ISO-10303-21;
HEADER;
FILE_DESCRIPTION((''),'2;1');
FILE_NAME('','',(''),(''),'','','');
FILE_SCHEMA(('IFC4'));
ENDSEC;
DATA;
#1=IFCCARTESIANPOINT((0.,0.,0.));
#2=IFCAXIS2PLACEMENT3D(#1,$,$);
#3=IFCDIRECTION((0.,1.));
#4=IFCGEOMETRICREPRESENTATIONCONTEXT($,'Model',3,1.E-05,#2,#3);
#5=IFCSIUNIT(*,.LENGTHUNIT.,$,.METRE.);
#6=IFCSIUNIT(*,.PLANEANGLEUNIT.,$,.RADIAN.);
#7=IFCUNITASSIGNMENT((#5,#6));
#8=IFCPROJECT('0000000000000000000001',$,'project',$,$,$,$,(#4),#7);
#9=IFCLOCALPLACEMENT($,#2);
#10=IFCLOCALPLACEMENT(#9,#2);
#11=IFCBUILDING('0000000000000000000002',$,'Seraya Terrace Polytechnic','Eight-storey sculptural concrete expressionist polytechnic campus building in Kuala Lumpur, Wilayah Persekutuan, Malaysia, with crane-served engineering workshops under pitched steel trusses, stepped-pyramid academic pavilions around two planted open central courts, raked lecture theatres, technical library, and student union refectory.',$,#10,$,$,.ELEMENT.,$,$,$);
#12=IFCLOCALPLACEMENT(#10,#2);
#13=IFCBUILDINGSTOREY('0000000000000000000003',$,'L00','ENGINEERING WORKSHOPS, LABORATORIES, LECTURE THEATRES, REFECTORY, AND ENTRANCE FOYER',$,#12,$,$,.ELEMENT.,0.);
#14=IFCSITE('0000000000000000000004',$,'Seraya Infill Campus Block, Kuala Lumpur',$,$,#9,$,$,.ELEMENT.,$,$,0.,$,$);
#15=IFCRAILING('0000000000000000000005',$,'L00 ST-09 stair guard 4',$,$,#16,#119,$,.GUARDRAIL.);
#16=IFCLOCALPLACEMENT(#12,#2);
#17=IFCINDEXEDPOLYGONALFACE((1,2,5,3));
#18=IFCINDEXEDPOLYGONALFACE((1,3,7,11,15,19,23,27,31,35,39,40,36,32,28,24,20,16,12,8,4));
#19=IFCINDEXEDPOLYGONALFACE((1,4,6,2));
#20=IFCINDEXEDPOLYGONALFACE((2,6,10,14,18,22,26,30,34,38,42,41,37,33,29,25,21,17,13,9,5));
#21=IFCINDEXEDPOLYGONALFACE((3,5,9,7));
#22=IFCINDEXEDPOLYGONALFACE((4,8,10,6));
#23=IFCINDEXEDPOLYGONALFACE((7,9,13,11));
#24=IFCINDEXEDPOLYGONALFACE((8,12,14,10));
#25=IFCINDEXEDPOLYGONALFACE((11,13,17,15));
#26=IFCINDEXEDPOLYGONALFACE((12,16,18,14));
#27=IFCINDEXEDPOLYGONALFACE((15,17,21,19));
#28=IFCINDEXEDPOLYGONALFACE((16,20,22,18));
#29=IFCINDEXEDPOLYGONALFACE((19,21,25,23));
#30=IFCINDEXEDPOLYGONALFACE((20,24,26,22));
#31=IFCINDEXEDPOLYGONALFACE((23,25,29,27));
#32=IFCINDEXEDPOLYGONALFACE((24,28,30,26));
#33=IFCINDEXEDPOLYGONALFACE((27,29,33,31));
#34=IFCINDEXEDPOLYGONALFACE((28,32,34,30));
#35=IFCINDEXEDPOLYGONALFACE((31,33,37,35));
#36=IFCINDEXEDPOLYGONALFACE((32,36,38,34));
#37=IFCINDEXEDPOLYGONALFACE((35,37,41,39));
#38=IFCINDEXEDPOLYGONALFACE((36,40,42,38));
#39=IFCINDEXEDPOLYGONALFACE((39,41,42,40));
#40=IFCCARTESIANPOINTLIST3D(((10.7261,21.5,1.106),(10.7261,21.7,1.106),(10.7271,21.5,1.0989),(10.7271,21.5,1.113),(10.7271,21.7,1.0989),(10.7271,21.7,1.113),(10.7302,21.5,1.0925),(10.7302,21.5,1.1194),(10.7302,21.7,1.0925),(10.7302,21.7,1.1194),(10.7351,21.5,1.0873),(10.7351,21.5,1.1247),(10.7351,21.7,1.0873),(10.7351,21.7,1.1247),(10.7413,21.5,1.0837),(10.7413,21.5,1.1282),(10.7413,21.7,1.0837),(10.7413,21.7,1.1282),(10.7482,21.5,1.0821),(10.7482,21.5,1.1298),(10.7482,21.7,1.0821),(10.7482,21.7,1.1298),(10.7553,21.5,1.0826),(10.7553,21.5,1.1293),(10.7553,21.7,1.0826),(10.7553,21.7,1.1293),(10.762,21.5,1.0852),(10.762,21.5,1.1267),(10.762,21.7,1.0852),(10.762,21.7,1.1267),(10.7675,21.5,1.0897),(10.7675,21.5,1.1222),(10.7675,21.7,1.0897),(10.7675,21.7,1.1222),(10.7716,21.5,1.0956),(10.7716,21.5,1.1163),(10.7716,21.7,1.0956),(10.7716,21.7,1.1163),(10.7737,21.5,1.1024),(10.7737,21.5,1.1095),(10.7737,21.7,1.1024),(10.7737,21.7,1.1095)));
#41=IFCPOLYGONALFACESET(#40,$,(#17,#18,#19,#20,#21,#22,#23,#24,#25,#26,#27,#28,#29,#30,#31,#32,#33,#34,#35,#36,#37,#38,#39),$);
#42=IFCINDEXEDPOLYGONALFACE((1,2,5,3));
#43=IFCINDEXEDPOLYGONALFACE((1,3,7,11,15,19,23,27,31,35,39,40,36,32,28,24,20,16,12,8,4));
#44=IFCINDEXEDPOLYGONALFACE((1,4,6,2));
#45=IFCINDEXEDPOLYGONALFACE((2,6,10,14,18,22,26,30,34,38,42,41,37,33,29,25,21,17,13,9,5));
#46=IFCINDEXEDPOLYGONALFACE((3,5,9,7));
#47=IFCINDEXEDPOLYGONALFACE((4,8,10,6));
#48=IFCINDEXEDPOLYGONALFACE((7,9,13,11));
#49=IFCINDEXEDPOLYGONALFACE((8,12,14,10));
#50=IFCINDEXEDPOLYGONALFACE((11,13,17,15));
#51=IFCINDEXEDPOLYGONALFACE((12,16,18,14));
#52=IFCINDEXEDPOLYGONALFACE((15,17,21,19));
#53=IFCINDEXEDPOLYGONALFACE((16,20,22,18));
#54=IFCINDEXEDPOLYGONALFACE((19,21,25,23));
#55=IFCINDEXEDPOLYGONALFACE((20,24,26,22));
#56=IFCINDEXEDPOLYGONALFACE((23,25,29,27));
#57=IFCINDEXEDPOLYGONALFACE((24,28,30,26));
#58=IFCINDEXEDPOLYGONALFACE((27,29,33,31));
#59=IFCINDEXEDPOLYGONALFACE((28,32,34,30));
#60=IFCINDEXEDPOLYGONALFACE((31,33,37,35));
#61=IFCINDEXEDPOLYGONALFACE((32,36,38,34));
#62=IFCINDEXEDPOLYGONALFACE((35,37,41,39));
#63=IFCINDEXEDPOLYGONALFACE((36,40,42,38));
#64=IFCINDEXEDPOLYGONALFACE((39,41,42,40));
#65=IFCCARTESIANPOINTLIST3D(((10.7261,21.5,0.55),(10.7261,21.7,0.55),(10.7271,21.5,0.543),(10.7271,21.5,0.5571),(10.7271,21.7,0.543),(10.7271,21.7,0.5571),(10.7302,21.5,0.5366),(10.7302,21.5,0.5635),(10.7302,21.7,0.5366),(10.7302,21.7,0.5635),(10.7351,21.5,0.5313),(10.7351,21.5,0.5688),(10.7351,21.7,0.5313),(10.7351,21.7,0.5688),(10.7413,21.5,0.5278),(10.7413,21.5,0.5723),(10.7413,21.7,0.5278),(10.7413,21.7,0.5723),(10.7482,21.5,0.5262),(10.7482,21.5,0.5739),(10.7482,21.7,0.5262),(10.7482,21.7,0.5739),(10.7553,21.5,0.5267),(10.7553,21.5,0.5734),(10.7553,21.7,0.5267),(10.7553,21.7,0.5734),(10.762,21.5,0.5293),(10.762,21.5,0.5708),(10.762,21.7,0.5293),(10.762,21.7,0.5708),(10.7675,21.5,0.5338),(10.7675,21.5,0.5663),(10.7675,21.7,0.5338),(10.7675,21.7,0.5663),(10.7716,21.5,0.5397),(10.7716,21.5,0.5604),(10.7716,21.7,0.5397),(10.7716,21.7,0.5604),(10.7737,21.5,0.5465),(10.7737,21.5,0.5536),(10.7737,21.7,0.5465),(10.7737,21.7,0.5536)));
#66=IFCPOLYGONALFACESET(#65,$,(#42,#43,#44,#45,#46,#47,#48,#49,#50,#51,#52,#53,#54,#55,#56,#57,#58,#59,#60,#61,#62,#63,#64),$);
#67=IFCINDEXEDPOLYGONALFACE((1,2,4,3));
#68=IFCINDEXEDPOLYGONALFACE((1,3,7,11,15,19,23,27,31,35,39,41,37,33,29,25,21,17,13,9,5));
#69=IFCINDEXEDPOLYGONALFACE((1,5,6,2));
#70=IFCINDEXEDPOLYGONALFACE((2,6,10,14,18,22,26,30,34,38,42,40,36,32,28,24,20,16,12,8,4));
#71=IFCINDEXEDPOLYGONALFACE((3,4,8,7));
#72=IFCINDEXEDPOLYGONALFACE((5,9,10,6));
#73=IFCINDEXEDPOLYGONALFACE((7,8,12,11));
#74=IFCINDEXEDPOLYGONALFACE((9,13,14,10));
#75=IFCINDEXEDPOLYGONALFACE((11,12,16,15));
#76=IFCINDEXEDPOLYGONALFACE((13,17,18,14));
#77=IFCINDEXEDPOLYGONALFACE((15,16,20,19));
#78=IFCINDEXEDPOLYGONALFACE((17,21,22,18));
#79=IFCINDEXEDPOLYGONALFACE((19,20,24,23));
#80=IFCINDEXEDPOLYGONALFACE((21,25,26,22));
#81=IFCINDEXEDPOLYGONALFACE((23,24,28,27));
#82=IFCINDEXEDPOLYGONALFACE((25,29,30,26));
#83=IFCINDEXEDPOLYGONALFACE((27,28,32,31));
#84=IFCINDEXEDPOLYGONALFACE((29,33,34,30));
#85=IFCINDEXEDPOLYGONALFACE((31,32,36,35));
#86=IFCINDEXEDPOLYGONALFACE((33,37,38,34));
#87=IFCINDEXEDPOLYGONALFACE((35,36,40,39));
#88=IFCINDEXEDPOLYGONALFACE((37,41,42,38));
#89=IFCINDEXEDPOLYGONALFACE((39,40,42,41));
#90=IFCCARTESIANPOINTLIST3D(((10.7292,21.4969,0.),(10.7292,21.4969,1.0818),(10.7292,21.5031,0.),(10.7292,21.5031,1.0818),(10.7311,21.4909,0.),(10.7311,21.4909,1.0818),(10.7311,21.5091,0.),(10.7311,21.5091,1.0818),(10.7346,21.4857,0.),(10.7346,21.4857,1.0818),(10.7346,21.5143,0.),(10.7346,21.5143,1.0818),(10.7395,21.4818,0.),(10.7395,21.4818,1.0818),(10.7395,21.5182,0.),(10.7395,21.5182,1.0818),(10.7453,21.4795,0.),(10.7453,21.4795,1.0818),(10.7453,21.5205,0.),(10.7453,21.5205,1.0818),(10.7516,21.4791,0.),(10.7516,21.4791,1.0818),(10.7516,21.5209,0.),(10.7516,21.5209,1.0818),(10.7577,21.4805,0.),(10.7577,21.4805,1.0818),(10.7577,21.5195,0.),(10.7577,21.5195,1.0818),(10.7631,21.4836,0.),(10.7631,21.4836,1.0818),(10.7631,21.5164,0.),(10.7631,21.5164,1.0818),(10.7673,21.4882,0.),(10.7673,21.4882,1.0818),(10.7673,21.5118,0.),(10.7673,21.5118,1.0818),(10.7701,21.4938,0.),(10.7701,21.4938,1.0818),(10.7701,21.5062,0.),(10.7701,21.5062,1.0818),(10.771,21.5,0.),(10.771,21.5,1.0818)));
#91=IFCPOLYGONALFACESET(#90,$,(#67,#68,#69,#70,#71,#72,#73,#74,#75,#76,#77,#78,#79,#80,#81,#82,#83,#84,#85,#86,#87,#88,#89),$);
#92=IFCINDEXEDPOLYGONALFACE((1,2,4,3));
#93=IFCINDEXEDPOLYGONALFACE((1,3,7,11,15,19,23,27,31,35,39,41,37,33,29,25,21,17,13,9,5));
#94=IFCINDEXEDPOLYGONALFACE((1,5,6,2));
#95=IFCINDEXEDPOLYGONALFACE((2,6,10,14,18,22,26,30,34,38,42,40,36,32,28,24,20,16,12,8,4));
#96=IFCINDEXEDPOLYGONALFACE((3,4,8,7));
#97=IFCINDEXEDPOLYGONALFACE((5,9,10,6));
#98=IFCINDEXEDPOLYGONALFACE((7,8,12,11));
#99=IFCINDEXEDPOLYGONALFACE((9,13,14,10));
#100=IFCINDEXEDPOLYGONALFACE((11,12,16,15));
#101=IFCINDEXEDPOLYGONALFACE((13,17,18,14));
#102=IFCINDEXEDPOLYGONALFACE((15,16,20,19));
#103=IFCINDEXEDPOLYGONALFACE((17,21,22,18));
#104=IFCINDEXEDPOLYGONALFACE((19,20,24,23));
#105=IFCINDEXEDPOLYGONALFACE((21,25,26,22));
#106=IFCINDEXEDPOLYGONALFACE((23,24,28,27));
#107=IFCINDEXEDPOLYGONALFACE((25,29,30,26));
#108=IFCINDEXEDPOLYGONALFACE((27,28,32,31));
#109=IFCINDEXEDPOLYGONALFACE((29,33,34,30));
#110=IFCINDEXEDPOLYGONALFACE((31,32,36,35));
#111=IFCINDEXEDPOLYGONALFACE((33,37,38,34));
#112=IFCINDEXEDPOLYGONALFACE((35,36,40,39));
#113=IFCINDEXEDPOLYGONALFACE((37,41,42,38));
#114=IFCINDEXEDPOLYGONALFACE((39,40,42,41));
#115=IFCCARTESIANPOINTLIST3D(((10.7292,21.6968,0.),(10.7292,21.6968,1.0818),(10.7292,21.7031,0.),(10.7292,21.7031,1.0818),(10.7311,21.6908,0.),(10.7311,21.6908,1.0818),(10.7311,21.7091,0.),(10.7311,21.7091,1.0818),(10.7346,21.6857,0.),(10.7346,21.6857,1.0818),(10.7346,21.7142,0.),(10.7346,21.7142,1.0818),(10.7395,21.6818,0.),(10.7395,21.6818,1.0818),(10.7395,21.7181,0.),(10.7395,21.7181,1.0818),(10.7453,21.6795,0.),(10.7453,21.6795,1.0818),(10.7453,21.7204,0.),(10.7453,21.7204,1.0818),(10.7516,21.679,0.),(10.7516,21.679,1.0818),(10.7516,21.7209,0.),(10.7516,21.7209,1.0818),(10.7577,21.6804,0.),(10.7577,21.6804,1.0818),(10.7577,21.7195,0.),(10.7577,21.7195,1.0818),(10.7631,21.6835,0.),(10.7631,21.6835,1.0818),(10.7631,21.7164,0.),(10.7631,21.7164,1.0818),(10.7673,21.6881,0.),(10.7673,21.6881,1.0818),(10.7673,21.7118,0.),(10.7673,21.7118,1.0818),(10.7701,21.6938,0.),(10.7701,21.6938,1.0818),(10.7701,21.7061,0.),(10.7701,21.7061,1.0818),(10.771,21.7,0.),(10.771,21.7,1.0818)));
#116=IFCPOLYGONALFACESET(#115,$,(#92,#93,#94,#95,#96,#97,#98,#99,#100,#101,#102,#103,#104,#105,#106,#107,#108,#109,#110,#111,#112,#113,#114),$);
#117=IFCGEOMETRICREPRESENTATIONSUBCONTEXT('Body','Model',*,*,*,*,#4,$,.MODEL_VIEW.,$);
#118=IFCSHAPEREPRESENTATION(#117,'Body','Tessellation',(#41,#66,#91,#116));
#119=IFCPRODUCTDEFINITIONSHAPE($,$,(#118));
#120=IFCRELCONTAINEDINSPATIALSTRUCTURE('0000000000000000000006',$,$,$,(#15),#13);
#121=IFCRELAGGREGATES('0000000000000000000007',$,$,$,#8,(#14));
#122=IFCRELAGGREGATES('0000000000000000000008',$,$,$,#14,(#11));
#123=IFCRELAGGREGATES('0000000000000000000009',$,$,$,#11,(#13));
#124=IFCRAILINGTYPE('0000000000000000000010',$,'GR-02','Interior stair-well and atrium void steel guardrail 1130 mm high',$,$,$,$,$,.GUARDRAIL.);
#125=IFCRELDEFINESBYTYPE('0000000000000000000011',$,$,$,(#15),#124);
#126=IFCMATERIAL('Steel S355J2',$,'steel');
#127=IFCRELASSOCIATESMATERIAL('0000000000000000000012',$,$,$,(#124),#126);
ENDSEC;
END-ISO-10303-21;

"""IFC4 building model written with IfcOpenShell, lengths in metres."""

from ifc_helpers import new_model, si_unit, direction, frame, origin, origin_2d, place, context, subcontext, project, spatial, circle, extrude, material, type_object, element, save


model = new_model("IFC4")

# Units and contexts
model_context = context("Model", 3, precision=1e-05, world=origin(), true_north=direction((0.0, 1.0)))
body_context = subcontext(model_context, "Body", "Model", "MODEL_VIEW")
ifc_project = project(units=[si_unit("LENGTHUNIT", "METRE"), si_unit("PLANEANGLEUNIT", "RADIAN")], contexts=[model_context])

# Site, building, storey
site_placement = place(None, origin())
site = spatial("IfcSite", under=ifc_project, at=site_placement, Name="Seraya Infill Campus Block, Kuala Lumpur", CompositionType="ELEMENT", RefElevation=0.0)
building_placement = place(site_placement, origin())
building = spatial("IfcBuilding", under=site, at=building_placement, Name="Seraya Terrace Polytechnic", Description="Eight-storey sculptural concrete expressionist polytechnic campus building in Kuala Lumpur, Wilayah Persekutuan, Malaysia, with crane-served engineering workshops under pitched steel trusses, stepped-pyramid academic pavilions around two planted open central courts, raked lecture theatres, technical library, and student union refectory.", CompositionType="ELEMENT")
storey_placement = place(building_placement, origin())
storey = spatial("IfcBuildingStorey", under=building, at=storey_placement, Name="L00", Description="ENGINEERING WORKSHOPS, LABORATORIES, LECTURE THEATRES, REFECTORY, AND ENTRANCE FOYER", CompositionType="ELEMENT", Elevation=0.0)

# Shared definitions
ifc_material_1 = material(Name="Steel S355J2", Category="steel")

# Railing
railing_type_1 = type_object("IfcRailingType", Name="GR-02", Description="Interior stair-well and atrium void steel guardrail 1130 mm high", PredefinedType="GUARDRAIL", material=ifc_material_1)
railing_1_placement = place(storey_placement, frame((10.75, 21.5, 0.0)))
element("IfcRailing", 1, at=railing_1_placement, inside=storey, type_object=railing_type_1, Name="L00 ST-09 stair guard 4", PredefinedType="GUARDRAIL", context=body_context, shape_type="SweptSolid", body=[
    extrude(circle(Radius=0.0239, at=origin_2d()), frame((0.0, 0.0, 1.106), z_axis=(0.0, 1.0, 0.0), x_axis=(-1.0, 0.0, 0.0)), (0.0, 0.0, 1.0), 0.2),
    extrude(circle(Radius=0.0239, at=origin_2d()), frame((0.0, 0.0, 0.55), z_axis=(0.0, 1.0, 0.0), x_axis=(-1.0, 0.0, 0.0)), (0.0, 0.0, 1.0), 0.2),
    extrude(circle(Radius=0.021, at=origin_2d()), origin(), (0.0, 0.0, 1.0), 1.0818),
    extrude(circle(Radius=0.021, at=origin_2d()), frame((0.0, 0.2, 0.0)), (0.0, 0.0, 1.0), 1.0818),
])

save(model, "model.ifc")
